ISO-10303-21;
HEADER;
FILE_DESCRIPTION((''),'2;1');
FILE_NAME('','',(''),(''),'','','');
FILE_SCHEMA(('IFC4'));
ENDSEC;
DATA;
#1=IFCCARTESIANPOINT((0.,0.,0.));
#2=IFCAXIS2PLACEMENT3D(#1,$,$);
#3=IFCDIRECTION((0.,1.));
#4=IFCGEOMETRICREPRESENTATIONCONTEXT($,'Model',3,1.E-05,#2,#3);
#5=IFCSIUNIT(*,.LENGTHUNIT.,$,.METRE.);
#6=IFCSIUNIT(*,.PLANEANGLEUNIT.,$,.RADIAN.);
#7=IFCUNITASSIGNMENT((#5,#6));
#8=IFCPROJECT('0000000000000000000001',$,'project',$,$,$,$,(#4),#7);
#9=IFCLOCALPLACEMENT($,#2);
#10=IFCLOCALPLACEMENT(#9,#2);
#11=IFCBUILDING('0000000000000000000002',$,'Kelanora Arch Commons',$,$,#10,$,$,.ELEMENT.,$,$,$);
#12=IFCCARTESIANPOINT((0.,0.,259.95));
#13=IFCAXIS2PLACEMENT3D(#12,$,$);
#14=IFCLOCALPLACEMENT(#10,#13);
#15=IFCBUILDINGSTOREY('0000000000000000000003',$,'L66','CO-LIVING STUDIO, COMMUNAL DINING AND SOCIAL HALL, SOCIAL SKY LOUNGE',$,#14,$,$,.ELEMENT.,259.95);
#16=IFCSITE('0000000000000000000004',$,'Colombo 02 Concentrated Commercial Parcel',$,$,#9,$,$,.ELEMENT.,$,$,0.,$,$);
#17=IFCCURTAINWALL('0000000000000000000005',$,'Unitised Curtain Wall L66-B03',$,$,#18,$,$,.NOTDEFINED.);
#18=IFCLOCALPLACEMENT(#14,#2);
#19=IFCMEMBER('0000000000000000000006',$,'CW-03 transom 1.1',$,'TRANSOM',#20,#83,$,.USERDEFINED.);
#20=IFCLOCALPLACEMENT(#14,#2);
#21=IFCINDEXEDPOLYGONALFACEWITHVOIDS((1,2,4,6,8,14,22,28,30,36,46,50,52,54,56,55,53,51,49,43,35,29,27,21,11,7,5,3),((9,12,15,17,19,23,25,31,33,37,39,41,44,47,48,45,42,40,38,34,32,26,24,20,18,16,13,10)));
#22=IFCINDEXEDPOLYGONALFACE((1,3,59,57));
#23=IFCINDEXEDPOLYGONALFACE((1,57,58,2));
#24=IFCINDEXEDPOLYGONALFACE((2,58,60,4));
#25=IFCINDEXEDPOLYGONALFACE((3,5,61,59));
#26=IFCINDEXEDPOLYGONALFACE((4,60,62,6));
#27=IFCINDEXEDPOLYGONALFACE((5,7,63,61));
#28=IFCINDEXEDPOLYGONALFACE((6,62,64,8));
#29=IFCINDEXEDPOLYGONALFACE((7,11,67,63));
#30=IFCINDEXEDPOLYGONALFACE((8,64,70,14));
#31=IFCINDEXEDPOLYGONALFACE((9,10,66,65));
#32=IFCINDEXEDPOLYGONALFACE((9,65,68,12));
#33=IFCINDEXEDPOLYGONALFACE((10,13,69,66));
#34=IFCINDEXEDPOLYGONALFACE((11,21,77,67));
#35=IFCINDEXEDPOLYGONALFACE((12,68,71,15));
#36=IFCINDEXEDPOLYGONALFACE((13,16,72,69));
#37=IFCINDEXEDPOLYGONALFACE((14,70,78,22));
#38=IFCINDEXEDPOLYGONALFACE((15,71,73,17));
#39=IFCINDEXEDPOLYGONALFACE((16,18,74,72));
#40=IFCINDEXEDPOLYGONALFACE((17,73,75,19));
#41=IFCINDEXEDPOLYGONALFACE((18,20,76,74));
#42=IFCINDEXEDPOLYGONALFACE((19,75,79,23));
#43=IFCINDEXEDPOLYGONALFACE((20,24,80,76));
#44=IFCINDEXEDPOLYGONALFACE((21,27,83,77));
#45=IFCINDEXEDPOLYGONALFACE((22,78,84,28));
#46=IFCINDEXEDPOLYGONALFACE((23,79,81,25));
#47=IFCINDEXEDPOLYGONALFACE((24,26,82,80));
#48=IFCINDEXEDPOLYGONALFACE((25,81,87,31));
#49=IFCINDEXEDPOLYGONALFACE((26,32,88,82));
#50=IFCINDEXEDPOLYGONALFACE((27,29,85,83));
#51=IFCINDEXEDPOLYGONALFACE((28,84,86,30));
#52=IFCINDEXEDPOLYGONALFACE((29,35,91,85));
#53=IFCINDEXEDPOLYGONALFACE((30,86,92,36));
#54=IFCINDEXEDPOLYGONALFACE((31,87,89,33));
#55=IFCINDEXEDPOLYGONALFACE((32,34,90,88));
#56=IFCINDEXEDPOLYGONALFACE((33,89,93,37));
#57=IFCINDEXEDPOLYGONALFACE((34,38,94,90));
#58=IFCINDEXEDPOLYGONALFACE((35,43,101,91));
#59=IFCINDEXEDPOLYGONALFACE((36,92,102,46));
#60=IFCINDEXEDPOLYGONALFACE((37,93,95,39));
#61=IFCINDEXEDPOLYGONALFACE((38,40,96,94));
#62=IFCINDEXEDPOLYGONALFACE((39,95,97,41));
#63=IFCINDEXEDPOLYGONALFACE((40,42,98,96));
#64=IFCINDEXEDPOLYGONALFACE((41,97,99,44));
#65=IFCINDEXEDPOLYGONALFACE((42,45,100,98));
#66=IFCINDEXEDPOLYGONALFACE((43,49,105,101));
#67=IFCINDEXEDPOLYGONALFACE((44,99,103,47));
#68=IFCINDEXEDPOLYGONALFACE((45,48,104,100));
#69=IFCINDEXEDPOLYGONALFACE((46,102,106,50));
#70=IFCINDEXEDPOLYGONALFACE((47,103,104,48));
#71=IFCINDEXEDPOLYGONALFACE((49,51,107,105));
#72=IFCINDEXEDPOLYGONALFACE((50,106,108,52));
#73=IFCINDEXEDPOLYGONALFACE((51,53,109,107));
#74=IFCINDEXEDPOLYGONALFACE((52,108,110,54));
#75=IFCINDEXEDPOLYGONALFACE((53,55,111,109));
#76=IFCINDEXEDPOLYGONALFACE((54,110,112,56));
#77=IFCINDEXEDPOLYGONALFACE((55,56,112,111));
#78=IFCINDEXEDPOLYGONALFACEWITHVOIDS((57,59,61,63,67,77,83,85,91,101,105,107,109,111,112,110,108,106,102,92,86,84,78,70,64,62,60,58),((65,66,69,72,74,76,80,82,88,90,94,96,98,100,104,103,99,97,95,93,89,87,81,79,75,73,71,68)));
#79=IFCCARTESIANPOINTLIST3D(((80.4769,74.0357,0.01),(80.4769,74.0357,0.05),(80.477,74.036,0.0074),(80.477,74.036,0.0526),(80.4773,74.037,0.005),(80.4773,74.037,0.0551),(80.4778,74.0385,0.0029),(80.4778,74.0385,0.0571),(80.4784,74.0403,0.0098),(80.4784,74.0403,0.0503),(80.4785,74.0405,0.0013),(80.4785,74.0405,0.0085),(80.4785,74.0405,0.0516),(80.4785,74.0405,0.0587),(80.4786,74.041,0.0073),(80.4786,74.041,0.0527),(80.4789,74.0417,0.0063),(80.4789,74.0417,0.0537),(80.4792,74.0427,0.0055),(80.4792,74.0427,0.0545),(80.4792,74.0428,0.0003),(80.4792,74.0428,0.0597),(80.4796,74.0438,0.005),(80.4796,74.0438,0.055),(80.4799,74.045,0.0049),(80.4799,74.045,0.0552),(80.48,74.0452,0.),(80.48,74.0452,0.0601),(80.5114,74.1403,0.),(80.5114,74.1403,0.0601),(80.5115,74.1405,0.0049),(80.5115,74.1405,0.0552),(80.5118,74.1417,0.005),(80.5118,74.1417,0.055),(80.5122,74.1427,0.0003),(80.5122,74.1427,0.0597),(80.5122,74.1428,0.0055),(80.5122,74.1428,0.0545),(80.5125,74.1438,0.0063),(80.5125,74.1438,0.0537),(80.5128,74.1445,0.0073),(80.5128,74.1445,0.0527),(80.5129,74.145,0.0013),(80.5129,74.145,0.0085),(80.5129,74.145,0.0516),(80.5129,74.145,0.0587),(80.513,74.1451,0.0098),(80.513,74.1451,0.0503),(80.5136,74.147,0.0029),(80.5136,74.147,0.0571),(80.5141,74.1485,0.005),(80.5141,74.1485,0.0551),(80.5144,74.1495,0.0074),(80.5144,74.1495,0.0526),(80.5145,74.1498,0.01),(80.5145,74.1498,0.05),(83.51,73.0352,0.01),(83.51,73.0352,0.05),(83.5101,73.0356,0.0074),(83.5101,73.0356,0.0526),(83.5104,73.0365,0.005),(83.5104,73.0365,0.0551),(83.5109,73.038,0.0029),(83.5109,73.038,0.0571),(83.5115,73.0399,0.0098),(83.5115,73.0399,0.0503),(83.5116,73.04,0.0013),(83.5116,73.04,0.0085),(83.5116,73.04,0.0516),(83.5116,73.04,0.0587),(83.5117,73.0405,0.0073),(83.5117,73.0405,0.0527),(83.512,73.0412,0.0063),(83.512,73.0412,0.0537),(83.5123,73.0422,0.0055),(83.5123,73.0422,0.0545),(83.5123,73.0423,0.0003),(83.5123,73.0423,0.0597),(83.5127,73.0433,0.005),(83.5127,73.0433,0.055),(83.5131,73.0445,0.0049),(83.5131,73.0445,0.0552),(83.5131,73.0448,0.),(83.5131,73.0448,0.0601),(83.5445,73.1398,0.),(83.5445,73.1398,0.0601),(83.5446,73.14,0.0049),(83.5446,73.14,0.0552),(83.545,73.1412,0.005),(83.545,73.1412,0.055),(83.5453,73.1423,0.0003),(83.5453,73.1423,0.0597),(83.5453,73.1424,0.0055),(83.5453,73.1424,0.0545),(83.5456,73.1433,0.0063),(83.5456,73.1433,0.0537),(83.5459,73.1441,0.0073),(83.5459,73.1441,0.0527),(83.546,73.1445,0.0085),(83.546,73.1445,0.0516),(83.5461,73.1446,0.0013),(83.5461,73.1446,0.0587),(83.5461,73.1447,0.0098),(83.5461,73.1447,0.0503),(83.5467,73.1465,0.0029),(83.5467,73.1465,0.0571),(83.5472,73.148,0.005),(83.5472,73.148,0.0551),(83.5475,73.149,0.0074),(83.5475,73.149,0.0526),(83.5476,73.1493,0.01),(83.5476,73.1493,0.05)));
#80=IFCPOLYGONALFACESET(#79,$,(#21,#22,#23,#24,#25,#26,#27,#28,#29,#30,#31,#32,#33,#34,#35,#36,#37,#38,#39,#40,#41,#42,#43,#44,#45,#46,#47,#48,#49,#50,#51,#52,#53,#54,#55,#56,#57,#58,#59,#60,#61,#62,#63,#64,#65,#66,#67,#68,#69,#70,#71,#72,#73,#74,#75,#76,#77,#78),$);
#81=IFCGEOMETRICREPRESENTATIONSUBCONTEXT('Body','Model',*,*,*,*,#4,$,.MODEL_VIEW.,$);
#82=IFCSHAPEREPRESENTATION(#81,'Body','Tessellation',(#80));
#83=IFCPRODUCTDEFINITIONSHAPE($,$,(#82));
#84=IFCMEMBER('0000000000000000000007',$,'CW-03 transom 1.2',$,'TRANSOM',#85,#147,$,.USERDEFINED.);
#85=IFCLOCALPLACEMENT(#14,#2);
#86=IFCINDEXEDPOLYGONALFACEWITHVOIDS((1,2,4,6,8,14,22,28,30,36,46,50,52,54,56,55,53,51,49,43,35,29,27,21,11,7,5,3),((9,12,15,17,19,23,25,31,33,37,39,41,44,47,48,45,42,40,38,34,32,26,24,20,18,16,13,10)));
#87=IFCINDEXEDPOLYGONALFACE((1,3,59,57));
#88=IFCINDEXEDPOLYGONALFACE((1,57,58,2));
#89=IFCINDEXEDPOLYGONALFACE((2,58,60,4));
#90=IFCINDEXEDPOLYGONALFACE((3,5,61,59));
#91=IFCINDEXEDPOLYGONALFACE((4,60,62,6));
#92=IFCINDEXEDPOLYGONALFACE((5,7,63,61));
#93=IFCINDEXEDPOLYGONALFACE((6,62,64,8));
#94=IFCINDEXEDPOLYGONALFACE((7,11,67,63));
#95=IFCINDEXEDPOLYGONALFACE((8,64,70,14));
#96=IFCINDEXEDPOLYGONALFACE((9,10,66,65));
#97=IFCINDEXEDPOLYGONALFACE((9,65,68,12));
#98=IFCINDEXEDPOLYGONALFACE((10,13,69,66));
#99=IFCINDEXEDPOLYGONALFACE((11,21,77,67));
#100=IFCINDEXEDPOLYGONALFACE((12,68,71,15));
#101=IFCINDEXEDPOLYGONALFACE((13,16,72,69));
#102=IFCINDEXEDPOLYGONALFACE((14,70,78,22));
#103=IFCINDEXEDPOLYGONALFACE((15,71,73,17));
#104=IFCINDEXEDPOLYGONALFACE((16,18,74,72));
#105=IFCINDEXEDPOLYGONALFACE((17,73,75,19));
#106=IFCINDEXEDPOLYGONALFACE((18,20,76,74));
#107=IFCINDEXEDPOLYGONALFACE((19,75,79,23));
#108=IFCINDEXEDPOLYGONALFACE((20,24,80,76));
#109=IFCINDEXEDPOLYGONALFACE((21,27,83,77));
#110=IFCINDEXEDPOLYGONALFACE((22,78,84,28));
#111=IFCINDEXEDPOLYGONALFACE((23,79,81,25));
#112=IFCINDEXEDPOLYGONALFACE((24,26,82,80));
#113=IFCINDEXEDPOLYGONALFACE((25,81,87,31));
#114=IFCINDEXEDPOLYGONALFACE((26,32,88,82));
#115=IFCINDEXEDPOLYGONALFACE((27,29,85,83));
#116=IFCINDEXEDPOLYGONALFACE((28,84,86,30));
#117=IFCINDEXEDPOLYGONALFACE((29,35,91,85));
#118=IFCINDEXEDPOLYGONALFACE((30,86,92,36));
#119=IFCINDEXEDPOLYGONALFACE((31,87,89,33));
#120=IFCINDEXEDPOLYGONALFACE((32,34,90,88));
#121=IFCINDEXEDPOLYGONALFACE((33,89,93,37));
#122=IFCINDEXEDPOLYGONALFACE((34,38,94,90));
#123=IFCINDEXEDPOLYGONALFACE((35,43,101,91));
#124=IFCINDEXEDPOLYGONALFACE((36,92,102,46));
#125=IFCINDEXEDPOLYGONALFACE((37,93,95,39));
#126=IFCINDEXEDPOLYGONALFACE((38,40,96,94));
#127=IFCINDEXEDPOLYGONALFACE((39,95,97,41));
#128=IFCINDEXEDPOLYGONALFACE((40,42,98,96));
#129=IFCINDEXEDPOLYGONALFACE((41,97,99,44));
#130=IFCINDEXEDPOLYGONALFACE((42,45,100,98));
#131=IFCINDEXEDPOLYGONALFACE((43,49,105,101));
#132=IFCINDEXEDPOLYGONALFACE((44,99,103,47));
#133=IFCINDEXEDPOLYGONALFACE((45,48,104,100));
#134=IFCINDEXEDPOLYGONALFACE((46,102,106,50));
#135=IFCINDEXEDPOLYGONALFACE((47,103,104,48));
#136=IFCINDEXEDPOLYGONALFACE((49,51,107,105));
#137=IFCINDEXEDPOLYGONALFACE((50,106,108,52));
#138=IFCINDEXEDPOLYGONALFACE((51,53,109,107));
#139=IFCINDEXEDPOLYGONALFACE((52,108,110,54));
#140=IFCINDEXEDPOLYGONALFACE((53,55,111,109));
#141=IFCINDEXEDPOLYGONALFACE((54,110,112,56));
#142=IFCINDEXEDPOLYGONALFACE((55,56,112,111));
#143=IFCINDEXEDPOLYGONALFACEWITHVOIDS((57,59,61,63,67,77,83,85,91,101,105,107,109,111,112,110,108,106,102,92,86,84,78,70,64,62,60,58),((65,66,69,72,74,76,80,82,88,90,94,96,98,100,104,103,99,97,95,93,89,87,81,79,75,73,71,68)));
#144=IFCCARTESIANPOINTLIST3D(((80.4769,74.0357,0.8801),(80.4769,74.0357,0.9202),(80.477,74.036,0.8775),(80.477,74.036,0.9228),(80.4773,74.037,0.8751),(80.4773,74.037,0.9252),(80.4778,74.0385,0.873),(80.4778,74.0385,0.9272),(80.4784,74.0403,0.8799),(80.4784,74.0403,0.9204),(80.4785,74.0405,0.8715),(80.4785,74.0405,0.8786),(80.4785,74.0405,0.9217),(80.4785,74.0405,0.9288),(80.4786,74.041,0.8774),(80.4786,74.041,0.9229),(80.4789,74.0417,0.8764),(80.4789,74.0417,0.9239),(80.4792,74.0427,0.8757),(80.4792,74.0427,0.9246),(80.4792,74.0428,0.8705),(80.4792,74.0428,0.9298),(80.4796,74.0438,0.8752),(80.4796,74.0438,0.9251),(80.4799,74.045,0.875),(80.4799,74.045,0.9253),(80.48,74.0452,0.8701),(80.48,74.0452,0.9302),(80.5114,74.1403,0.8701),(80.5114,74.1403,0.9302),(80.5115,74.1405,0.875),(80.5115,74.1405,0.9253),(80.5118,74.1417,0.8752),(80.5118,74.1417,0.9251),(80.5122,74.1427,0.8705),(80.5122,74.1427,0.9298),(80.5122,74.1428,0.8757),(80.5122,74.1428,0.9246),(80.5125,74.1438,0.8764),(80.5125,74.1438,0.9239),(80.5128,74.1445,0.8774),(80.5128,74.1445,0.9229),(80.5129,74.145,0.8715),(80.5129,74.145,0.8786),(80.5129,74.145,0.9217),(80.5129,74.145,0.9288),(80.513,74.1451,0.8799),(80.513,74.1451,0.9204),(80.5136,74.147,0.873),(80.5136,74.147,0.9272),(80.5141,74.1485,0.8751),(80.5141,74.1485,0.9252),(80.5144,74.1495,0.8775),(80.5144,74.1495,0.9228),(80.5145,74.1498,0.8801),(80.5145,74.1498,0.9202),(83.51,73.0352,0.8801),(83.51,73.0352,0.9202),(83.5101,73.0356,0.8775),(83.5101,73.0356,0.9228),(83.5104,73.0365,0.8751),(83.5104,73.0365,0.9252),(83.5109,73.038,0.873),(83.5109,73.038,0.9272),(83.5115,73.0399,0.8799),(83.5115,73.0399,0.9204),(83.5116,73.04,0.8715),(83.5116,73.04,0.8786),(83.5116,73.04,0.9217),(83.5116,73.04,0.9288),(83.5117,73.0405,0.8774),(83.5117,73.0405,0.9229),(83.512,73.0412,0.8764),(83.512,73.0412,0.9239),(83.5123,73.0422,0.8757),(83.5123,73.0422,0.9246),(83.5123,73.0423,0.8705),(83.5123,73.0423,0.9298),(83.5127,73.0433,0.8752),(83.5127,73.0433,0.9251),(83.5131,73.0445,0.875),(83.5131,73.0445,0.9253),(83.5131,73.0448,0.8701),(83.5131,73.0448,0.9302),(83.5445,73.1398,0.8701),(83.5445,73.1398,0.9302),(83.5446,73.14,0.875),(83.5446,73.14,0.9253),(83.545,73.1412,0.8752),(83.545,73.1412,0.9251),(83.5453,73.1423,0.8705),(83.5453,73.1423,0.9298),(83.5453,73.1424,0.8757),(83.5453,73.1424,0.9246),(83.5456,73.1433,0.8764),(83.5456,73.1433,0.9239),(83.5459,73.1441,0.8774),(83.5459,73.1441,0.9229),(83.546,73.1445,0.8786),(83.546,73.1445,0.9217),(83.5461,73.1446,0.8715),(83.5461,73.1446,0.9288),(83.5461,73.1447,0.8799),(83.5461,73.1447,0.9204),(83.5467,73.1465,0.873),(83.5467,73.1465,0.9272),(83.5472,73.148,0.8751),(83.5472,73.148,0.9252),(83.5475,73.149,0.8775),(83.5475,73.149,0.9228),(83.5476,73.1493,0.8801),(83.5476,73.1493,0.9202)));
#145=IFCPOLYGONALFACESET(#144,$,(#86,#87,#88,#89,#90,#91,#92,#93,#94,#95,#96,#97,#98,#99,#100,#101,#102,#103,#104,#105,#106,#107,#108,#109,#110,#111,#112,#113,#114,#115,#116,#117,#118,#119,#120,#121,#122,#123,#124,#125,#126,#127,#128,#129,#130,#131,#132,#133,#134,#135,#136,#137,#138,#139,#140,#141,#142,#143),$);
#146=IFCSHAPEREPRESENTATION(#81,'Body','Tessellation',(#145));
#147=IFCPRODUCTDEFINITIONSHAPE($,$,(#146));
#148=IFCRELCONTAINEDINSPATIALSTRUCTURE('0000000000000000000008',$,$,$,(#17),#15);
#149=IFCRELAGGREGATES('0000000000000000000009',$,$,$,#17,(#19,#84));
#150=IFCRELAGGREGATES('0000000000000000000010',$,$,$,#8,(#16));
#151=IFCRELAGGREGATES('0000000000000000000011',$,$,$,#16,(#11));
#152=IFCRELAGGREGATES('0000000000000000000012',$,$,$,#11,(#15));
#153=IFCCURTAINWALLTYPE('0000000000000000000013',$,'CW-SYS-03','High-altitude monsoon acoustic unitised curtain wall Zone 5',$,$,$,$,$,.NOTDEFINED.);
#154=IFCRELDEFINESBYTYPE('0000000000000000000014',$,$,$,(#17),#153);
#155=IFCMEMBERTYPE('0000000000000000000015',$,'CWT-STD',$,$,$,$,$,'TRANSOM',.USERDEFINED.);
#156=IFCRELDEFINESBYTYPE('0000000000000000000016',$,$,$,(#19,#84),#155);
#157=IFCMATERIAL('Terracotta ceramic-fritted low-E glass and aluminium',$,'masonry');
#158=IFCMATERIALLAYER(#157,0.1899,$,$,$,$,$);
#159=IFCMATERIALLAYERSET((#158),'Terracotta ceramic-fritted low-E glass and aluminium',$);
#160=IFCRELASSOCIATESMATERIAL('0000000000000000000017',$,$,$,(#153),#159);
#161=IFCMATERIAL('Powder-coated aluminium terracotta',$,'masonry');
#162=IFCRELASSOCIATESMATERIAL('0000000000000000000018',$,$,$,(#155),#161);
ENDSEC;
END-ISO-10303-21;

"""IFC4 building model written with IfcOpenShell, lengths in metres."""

from ifc_helpers import new_model, si_unit, direction, frame, origin, origin_2d, place, context, subcontext, project, spatial, hollow_rectangle, extrude, material, layer, layer_set, material_profile, profile_set, type_object, element, aggregate, save


model = new_model("IFC4")

# Units and contexts
model_context = context("Model", 3, precision=1e-05, world=origin(), true_north=direction((0.0, 1.0)))
body_context = subcontext(model_context, "Body", "Model", "MODEL_VIEW")
ifc_project = project(units=[si_unit("LENGTHUNIT", "METRE"), si_unit("PLANEANGLEUNIT", "RADIAN")], contexts=[model_context])

# Site, building, storey
site_placement = place(None, origin())
site = spatial("IfcSite", under=ifc_project, at=site_placement, Name="Colombo 02 Concentrated Commercial Parcel", CompositionType="ELEMENT", RefElevation=0.0)
building_placement = place(site_placement, origin())
building = spatial("IfcBuilding", under=site, at=building_placement, Name="Kelanora Arch Commons", CompositionType="ELEMENT")
storey_placement = place(building_placement, frame((0.0, 0.0, 259.95)))
storey = spatial("IfcBuildingStorey", under=building, at=storey_placement, Name="L66", Description="CO-LIVING STUDIO, COMMUNAL DINING AND SOCIAL HALL, SOCIAL SKY LOUNGE", CompositionType="ELEMENT", Elevation=259.95)

# Shared definitions
ifc_material_1 = material(Name="Terracotta ceramic-fritted low-E glass and aluminium", Category="masonry")
ifc_layer_1 = layer(ifc_material_1, 0.1899)
ifc_layer_set_1 = layer_set([ifc_layer_1], Name="Terracotta ceramic-fritted low-E glass and aluminium")
curtain_wall_type = type_object("IfcCurtainWallType", Name="CW-SYS-03", Description="High-altitude monsoon acoustic unitised curtain wall Zone 5", PredefinedType="NOTDEFINED", material=ifc_layer_set_1)
ifc_material_2 = material(Name="Powder-coated aluminium terracotta", Category="masonry")

# Curtain wall, members
curtain_wall_1_placement = place(storey_placement, origin())
curtain_wall_1 = element("IfcCurtainWall", 1, at=curtain_wall_1_placement, inside=storey, type_object=curtain_wall_type, Name="Unitised Curtain Wall L66-B03", PredefinedType="NOTDEFINED")
ifc_material_profile_1 = material_profile(ifc_material_2, hollow_rectangle(XDim=0.1201, YDim=0.0601, WallThickness=0.0049, InnerFilletRadius=0.0049, OuterFilletRadius=0.01, at=origin_2d()), Name="CWT120x60")
ifc_profile_set_1 = profile_set([ifc_material_profile_1], Name="Powder-coated aluminium terracotta")
member_type_1 = type_object("IfcMemberType", Name="CWT-STD", ElementType="TRANSOM", PredefinedType="USERDEFINED", material=ifc_profile_set_1)
member_1_placement = place(storey_placement, frame((83.5288, 73.0923, 0.03), z_axis=(-0.949672, 0.313245, 0.0), x_axis=(-0.313245, -0.949672, 0.0)))
member_1 = element("IfcMember", 2, at=member_1_placement, type_object=member_type_1, Name="CW-03 transom 1.1", ObjectType="TRANSOM", PredefinedType="USERDEFINED", context=body_context, shape_type="SweptSolid", body=[
    extrude(hollow_rectangle(XDim=0.1201, YDim=0.0601, WallThickness=0.0049, InnerFilletRadius=0.0049, OuterFilletRadius=0.01, at=origin_2d()), origin(), (0.0, 0.0, 1.0), 3.1938),
])
member_2_placement = place(storey_placement, frame((83.5288, 73.0923, 0.9001), z_axis=(-0.949672, 0.313245, 0.0), x_axis=(-0.313245, -0.949672, 0.0)))
member_2 = element("IfcMember", 3, at=member_2_placement, type_object=member_type_1, Name="CW-03 transom 1.2", ObjectType="TRANSOM", PredefinedType="USERDEFINED", context=body_context, shape_type="SweptSolid", body=[
    extrude(hollow_rectangle(XDim=0.1201, YDim=0.0601, WallThickness=0.0049, InnerFilletRadius=0.0049, OuterFilletRadius=0.01, at=origin_2d()), origin(), (0.0, 0.0, 1.0), 3.1938),
])
aggregate(curtain_wall_1, [member_1, member_2])

save(model, "model.ifc")
